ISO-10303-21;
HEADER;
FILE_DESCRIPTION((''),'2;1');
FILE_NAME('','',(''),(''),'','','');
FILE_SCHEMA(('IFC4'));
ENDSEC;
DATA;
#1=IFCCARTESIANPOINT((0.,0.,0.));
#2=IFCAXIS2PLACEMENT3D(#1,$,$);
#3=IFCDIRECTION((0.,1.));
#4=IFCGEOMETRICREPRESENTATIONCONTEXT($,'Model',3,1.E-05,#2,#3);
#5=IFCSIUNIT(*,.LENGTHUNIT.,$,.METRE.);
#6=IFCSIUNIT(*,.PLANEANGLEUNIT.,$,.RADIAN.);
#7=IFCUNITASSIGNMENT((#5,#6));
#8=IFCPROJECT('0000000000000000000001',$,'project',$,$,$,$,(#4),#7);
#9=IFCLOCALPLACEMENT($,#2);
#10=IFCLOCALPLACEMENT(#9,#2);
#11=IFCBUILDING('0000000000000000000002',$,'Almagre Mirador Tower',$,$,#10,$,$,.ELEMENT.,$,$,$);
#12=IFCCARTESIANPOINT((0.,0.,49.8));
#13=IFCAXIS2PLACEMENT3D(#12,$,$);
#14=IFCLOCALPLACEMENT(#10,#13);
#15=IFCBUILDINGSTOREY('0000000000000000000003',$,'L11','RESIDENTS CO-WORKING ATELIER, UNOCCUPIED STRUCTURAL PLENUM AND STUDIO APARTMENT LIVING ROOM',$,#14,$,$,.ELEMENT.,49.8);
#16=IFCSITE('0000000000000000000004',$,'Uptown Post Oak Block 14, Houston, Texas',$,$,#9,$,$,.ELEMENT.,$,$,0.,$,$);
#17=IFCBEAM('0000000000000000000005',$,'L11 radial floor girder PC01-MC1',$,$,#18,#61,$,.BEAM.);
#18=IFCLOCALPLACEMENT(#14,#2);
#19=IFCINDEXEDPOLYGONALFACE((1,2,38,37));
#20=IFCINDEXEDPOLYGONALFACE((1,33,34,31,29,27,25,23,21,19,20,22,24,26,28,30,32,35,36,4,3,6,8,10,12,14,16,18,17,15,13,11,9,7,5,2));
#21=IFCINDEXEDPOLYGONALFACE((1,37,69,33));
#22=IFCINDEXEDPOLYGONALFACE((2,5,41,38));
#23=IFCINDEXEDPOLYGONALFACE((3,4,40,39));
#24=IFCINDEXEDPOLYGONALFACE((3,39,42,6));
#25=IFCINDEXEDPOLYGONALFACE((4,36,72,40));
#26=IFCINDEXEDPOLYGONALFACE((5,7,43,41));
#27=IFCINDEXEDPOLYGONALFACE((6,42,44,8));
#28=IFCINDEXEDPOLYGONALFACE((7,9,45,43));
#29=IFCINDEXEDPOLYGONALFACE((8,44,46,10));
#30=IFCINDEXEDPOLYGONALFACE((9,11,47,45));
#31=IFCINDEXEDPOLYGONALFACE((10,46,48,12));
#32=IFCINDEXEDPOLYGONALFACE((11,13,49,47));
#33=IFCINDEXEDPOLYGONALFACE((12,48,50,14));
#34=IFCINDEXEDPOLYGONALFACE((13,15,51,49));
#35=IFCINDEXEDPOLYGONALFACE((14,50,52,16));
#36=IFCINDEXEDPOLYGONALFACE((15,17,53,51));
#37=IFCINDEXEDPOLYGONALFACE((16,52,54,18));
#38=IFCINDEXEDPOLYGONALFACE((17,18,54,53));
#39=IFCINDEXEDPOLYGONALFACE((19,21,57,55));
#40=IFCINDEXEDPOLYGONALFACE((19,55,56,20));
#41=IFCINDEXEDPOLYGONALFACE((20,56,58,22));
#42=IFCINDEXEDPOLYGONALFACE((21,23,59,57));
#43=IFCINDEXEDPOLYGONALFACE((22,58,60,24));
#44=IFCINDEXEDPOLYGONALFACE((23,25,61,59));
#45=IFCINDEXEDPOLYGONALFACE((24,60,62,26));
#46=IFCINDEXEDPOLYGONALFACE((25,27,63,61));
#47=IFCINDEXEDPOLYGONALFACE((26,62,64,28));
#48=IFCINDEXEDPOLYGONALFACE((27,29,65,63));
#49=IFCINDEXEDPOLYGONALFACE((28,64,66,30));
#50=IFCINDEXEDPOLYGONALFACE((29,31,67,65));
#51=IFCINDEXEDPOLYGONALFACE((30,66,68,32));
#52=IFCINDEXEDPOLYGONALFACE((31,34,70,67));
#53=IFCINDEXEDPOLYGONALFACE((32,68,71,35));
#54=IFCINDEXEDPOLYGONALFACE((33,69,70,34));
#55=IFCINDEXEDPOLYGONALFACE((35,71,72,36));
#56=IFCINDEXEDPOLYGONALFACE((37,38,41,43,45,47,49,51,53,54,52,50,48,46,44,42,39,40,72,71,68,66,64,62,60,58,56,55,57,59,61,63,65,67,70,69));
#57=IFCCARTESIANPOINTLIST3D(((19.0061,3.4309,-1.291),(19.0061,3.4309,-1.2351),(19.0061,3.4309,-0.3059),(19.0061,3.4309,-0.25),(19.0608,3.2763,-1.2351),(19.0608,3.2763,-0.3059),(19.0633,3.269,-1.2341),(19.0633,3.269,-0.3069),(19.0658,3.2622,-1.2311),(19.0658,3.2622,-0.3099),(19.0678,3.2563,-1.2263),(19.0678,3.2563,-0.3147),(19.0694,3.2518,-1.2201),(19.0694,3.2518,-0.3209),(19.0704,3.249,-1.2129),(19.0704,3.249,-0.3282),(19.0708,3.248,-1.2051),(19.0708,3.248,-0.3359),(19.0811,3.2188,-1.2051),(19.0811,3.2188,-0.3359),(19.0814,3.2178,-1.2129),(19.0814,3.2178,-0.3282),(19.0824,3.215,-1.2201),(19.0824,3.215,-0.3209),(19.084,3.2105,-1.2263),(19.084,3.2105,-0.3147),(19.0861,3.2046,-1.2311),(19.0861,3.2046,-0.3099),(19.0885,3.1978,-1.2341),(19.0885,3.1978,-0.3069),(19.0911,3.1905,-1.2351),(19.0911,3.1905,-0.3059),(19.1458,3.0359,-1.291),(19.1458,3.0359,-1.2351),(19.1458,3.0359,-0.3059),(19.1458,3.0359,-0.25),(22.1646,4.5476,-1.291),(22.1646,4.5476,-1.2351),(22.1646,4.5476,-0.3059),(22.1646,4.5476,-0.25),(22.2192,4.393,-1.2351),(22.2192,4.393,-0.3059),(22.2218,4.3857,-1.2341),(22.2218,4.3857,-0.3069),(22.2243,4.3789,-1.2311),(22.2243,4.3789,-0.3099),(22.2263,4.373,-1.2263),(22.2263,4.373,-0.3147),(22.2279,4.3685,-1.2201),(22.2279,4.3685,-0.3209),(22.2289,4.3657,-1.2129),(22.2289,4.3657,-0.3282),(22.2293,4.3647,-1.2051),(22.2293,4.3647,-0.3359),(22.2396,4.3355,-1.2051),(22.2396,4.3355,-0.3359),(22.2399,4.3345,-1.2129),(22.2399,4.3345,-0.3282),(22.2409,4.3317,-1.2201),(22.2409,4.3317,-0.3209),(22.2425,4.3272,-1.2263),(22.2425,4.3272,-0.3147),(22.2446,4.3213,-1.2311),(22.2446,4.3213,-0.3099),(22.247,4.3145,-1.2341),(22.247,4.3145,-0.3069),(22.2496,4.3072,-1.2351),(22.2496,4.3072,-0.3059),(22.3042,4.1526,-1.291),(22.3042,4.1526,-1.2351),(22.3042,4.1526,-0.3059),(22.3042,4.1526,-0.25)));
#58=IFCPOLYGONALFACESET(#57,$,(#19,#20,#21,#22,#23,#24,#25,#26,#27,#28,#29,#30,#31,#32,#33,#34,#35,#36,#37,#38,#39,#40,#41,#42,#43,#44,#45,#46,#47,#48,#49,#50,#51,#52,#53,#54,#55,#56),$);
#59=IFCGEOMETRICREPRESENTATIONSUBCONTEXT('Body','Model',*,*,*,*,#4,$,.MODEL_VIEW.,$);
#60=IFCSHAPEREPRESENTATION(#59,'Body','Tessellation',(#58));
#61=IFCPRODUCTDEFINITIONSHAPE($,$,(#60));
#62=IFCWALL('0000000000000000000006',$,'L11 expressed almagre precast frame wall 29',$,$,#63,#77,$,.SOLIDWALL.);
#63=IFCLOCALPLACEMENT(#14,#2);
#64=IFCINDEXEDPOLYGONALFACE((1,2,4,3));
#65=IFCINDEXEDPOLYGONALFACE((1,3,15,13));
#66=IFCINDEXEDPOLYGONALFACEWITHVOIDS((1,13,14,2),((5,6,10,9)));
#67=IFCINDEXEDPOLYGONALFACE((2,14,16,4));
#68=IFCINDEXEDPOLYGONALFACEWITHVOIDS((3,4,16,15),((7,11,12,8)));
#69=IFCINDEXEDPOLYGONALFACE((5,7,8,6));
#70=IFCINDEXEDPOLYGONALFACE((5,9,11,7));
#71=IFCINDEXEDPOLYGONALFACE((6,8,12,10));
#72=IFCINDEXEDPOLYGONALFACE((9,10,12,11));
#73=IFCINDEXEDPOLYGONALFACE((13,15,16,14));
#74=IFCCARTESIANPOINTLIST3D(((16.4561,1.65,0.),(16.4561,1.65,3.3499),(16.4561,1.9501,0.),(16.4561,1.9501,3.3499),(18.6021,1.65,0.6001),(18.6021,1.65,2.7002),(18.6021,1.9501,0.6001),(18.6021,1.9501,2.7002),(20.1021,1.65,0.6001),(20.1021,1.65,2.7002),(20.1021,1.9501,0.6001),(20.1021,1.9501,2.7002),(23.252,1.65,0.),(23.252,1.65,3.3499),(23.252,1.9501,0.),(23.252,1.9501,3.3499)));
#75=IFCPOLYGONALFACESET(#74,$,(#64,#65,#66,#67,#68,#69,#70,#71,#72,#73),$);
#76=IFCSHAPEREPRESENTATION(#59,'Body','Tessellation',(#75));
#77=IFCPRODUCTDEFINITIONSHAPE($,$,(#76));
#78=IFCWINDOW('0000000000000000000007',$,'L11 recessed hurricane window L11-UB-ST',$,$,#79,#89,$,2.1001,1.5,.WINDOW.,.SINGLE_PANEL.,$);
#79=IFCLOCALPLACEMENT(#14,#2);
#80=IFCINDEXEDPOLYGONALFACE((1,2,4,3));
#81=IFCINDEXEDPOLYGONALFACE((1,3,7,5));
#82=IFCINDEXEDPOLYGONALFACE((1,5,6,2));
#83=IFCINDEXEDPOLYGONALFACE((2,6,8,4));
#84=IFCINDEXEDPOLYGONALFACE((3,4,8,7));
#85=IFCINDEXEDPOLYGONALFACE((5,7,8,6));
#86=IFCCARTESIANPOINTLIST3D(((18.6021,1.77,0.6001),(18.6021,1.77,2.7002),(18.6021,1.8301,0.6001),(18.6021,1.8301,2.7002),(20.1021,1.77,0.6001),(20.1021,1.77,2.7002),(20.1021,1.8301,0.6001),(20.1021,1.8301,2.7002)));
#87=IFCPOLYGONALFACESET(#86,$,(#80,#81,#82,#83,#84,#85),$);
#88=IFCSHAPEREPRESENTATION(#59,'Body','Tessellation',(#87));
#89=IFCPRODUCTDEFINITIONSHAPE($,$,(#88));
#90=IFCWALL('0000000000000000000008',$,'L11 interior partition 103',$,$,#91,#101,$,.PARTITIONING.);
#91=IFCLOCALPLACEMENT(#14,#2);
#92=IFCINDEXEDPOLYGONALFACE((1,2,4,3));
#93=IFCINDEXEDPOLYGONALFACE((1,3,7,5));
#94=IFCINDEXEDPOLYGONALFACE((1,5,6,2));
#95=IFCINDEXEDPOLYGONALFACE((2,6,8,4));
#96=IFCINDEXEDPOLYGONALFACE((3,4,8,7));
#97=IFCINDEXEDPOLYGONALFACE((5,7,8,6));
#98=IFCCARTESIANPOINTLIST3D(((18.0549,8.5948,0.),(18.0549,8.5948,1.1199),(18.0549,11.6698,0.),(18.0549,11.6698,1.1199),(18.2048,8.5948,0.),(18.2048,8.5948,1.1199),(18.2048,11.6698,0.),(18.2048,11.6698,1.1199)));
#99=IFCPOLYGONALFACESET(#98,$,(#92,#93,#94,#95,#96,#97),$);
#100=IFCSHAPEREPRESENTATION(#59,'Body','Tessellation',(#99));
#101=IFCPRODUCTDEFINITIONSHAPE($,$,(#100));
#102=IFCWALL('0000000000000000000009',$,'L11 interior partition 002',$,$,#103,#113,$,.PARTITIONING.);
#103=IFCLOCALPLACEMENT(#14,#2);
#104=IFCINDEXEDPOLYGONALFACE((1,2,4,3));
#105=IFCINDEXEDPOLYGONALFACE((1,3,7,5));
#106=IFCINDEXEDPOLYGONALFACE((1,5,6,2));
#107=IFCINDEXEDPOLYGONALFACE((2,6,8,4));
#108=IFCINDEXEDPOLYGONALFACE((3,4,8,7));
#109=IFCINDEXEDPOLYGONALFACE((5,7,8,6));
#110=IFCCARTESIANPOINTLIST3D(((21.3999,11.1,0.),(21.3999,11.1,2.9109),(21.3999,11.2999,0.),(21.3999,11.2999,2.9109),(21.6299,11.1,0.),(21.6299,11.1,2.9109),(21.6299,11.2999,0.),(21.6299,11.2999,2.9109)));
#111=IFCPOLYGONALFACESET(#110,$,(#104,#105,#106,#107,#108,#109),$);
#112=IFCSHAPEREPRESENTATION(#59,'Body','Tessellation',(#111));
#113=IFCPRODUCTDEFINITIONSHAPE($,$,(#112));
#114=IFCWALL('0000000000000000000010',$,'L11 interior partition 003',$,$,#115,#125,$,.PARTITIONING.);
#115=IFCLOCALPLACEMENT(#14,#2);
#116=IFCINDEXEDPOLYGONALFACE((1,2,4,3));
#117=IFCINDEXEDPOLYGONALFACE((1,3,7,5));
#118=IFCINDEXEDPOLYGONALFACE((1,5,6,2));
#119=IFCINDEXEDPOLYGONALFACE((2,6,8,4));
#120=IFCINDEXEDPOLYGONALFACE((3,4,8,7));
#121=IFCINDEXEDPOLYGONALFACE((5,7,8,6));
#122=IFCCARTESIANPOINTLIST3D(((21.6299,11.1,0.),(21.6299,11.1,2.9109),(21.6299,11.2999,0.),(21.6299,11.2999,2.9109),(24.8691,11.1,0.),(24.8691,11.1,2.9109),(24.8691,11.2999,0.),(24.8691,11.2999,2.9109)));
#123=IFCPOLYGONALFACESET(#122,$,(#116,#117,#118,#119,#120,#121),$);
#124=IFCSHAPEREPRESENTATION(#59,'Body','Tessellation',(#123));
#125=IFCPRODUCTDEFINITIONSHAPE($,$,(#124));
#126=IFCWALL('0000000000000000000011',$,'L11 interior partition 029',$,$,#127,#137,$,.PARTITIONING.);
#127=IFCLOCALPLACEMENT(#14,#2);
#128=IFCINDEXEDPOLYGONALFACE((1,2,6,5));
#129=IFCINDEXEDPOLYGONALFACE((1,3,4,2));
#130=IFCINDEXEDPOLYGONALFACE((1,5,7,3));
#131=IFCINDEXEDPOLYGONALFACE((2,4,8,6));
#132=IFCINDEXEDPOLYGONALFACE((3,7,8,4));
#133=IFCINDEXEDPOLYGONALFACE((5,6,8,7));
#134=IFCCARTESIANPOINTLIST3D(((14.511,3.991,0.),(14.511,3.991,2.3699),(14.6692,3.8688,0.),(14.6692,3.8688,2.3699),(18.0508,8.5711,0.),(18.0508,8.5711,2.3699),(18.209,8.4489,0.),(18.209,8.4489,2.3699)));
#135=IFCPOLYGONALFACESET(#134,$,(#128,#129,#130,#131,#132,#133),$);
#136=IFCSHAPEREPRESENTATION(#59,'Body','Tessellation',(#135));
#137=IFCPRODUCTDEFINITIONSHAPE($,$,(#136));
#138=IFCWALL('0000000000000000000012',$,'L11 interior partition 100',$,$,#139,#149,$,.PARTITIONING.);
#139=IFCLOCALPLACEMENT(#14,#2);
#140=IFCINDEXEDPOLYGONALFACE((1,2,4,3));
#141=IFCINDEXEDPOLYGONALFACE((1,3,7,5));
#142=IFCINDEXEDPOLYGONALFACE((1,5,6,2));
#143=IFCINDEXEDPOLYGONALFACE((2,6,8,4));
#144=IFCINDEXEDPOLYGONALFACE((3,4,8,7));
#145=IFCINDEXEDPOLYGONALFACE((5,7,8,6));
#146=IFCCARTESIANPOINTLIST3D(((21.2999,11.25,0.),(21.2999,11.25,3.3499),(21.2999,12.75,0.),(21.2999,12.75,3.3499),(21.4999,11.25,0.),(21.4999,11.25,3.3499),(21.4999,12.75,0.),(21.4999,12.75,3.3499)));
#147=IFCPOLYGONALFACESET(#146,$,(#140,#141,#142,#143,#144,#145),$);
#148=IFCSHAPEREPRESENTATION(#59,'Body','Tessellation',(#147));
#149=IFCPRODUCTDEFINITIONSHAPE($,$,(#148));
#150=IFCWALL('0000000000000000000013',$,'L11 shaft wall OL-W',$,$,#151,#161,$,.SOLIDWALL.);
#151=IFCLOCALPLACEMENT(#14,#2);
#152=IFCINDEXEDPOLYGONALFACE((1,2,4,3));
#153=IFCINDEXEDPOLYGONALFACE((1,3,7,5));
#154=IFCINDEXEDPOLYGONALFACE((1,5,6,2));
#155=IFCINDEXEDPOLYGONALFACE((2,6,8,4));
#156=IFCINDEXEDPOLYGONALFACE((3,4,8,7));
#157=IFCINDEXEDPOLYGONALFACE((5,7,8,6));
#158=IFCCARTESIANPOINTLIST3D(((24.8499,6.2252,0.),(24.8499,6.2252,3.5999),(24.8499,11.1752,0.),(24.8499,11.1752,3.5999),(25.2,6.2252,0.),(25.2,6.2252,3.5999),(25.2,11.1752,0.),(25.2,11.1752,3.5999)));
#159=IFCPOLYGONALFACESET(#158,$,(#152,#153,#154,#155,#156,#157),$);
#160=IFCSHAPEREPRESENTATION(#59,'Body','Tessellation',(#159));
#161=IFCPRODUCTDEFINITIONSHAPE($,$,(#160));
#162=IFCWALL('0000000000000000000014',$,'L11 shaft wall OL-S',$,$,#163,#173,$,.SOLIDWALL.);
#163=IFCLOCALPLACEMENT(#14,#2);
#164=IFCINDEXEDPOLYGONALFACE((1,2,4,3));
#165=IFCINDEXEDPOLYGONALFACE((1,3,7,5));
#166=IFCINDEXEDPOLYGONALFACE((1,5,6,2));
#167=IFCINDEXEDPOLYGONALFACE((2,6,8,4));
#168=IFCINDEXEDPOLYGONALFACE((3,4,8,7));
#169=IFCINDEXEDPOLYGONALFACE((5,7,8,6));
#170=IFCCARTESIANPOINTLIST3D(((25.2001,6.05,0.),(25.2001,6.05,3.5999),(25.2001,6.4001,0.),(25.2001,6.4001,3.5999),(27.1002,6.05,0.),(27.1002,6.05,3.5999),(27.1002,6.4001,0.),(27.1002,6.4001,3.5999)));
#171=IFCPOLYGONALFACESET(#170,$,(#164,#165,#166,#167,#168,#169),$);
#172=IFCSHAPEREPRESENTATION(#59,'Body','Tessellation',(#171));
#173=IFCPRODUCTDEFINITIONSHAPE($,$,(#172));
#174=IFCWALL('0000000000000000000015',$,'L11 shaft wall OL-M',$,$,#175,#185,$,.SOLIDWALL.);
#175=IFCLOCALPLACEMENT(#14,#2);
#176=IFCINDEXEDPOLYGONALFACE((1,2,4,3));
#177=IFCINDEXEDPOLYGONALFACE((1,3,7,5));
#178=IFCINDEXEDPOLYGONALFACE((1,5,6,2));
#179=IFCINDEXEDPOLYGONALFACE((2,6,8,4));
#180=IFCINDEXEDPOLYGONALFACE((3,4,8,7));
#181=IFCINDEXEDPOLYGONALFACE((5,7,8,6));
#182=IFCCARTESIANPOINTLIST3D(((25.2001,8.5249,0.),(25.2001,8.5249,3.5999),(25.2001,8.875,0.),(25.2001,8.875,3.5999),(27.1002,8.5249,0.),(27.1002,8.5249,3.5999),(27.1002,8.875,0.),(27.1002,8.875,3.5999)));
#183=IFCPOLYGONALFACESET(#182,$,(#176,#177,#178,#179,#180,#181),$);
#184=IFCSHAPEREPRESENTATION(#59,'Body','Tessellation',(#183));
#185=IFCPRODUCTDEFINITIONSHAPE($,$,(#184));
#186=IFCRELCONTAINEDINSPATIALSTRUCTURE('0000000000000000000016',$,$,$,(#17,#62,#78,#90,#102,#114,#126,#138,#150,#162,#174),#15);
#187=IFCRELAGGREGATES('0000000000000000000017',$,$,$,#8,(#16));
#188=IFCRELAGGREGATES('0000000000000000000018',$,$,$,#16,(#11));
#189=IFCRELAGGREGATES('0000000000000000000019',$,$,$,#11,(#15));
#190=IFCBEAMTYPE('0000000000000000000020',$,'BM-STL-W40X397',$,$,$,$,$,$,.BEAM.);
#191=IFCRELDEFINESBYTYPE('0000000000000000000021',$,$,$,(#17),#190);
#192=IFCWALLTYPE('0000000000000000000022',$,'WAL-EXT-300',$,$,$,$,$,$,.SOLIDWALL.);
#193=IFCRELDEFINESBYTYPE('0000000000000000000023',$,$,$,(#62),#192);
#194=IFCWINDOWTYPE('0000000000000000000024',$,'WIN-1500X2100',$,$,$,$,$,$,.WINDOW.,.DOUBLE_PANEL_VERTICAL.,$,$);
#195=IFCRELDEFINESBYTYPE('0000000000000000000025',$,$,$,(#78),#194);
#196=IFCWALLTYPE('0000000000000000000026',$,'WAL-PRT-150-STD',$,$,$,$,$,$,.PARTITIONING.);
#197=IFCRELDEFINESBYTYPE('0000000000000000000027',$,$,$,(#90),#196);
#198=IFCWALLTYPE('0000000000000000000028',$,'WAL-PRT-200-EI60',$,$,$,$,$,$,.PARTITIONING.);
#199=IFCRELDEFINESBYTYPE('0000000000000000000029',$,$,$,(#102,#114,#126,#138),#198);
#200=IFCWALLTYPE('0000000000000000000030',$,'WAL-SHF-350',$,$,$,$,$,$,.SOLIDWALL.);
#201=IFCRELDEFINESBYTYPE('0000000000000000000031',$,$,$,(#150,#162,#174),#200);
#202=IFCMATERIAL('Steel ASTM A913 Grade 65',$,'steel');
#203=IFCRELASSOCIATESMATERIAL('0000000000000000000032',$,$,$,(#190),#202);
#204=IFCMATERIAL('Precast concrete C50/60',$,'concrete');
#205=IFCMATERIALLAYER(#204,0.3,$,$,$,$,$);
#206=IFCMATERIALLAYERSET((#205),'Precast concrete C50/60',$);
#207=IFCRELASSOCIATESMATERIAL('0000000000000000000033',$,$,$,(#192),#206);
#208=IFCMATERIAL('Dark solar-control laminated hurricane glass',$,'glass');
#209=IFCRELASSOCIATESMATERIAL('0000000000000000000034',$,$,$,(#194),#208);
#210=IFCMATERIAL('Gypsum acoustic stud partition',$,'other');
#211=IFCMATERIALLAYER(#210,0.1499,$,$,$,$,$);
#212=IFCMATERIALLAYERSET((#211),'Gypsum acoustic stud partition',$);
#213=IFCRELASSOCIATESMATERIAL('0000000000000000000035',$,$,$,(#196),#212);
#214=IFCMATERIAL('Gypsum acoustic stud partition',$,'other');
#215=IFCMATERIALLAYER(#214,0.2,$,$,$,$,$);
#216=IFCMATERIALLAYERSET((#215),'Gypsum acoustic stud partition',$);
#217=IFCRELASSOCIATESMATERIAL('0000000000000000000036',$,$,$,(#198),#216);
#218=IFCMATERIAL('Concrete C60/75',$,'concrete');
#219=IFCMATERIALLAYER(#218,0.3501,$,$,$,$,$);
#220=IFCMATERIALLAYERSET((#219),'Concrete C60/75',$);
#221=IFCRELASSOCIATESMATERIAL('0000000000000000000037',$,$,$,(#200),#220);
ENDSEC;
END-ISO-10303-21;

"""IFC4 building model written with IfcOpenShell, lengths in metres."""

from ifc_helpers import new_model, si_unit, direction, frame, frame_2d, origin, origin_2d, place, context, subcontext, project, spatial, rectangle, i_section, extrude, material, layer, layer_set, material_profile, profile_set, type_object, element, fill, save


model = new_model("IFC4")

# Units and contexts
model_context = context("Model", 3, precision=1e-05, world=origin(), true_north=direction((0.0, 1.0)))
body_context = subcontext(model_context, "Body", "Model", "MODEL_VIEW")
ifc_project = project(units=[si_unit("LENGTHUNIT", "METRE"), si_unit("PLANEANGLEUNIT", "RADIAN")], contexts=[model_context])

# Site, building, storey
site_placement = place(None, origin())
site = spatial("IfcSite", under=ifc_project, at=site_placement, Name="Uptown Post Oak Block 14, Houston, Texas", CompositionType="ELEMENT", RefElevation=0.0)
building_placement = place(site_placement, origin())
building = spatial("IfcBuilding", under=site, at=building_placement, Name="Almagre Mirador Tower", CompositionType="ELEMENT")
storey_placement = place(building_placement, frame((0.0, 0.0, 49.8)))
storey = spatial("IfcBuildingStorey", under=building, at=storey_placement, Name="L11", Description="RESIDENTS CO-WORKING ATELIER, UNOCCUPIED STRUCTURAL PLENUM AND STUDIO APARTMENT LIVING ROOM", CompositionType="ELEMENT", Elevation=49.8)

# Beam
ifc_material_1 = material(Name="Steel ASTM A913 Grade 65", Category="steel")
ifc_material_profile_1 = material_profile(ifc_material_1, i_section(OverallWidth=0.4189, OverallDepth=1.041, WebThickness=0.031, FlangeThickness=0.0559, FilletRadius=0.03, at=origin_2d()), Name="W40X397")
ifc_profile_set_1 = profile_set([ifc_material_profile_1], Name="Steel ASTM A913 Grade 65")
beam_type_1 = type_object("IfcBeamType", Name="BM-STL-W40X397", PredefinedType="BEAM", material=ifc_profile_set_1)
beam_1_placement = place(storey_placement, frame((19.0759, 3.2334, -0.7705), z_axis=(0.942807, 0.333339, 0.0), x_axis=(-0.333339, 0.942807, 0.0)))
element("IfcBeam", 1, at=beam_1_placement, inside=storey, type_object=beam_type_1, Name="L11 radial floor girder PC01-MC1", PredefinedType="BEAM", context=body_context, shape_type="SweptSolid", body=[
    extrude(i_section(OverallWidth=0.4189, OverallDepth=1.041, WebThickness=0.031, FlangeThickness=0.0559, FilletRadius=0.03, at=origin_2d()), origin(), (0.0, 0.0, 1.0), 3.3501),
])

# Wall, opening, window
ifc_material_2 = material(Name="Precast concrete C50/60", Category="concrete")
ifc_layer_1 = layer(ifc_material_2, 0.3)
ifc_layer_set_1 = layer_set([ifc_layer_1], Name="Precast concrete C50/60")
wall_type_1 = type_object("IfcWallType", Name="WAL-EXT-300", PredefinedType="SOLIDWALL", material=ifc_layer_set_1)
wall_1_placement = place(storey_placement, frame((23.252, 1.8, 0.0), z_axis=(0.0, 0.0, 1.0), x_axis=(-1.0, 0.0, 0.0)))
wall_1 = element("IfcWall", 2, at=wall_1_placement, inside=storey, type_object=wall_type_1, Name="L11 expressed almagre precast frame wall 29", PredefinedType="SOLIDWALL", context=body_context, shape_type="SweptSolid", body=[
    extrude(rectangle(XDim=6.7959, YDim=0.3, at=frame_2d((3.3979, 0.0))), origin(), (0.0, 0.0, 1.0), 3.3499),
])
opening_placement = place(wall_1_placement, frame((3.1499, 0.0, 0.6001)))
opening = element("IfcOpeningElement", 3, at=opening_placement, cuts=wall_1, PredefinedType="OPENING", context=body_context, shape_type="SweptSolid", body=[
    extrude(rectangle(XDim=1.5, YDim=2.1001, at=frame_2d((0.75, 1.05))), frame((0.0, 0.1599, 0.0), z_axis=(0.0, -1.0, 0.0), x_axis=(1.0, 0.0, 0.0)), (0.0, 0.0, 1.0), 0.32),
])
ifc_material_3 = material(Name="Dark solar-control laminated hurricane glass", Category="glass")
window_type = type_object("IfcWindowType", Name="WIN-1500X2100", PartitioningType="DOUBLE_PANEL_VERTICAL", PredefinedType="WINDOW", material=ifc_material_3)
window_placement = place(opening_placement, origin())
window = element("IfcWindow", 4, at=window_placement, inside=storey, type_object=window_type, Name="L11 recessed hurricane window L11-UB-ST", OverallHeight=2.1001, OverallWidth=1.5, PartitioningType="SINGLE_PANEL", PredefinedType="WINDOW", context=body_context, shape_type="SweptSolid", body=[
    extrude(rectangle(XDim=1.5, YDim=2.1001, at=frame_2d((0.75, 1.05))), frame((0.0, 0.03, 0.0), z_axis=(0.0, -1.0, 0.0), x_axis=(1.0, 0.0, 0.0)), (0.0, 0.0, 1.0), 0.0601),
])
fill(opening, window)

# Walls
ifc_material_4 = material(Name="Gypsum acoustic stud partition", Category="other")
ifc_layer_2 = layer(ifc_material_4, 0.1499)
ifc_layer_set_2 = layer_set([ifc_layer_2], Name="Gypsum acoustic stud partition")
wall_type_2 = type_object("IfcWallType", Name="WAL-PRT-150-STD", PredefinedType="PARTITIONING", material=ifc_layer_set_2)
wall_2_placement = place(storey_placement, frame((18.1299, 11.6699, 0.0), z_axis=(0.0, 0.0, 1.0), x_axis=(0.0, -1.0, 0.0)))
element("IfcWall", 5, at=wall_2_placement, inside=storey, type_object=wall_type_2, Name="L11 interior partition 103", PredefinedType="PARTITIONING", context=body_context, shape_type="SweptSolid", body=[
    extrude(rectangle(XDim=3.075, YDim=0.1499, at=frame_2d((1.5376, 0.0))), origin(), (0.0, 0.0, 1.0), 1.1199),
])
ifc_material_5 = material(Name="Gypsum acoustic stud partition", Category="other")
ifc_layer_3 = layer(ifc_material_5, 0.2)
ifc_layer_set_3 = layer_set([ifc_layer_3], Name="Gypsum acoustic stud partition")
wall_type_3 = type_object("IfcWallType", Name="WAL-PRT-200-EI60", PredefinedType="PARTITIONING", material=ifc_layer_set_3)
wall_3_placement = place(storey_placement, frame((21.3999, 11.2, 0.0), z_axis=(0.0, 0.0, 1.0), x_axis=(1.0, 0.0, 0.0)))
element("IfcWall", 6, at=wall_3_placement, inside=storey, type_object=wall_type_3, Name="L11 interior partition 002", PredefinedType="PARTITIONING", context=body_context, shape_type="SweptSolid", body=[
    extrude(rectangle(XDim=0.23, YDim=0.2, at=frame_2d((0.115, 0.0))), origin(), (0.0, 0.0, 1.0), 2.9109),
])
wall_4_placement = place(storey_placement, frame((21.6299, 11.2, 0.0), z_axis=(0.0, 0.0, 1.0), x_axis=(1.0, 0.0, 0.0)))
element("IfcWall", 7, at=wall_4_placement, inside=storey, type_object=wall_type_3, Name="L11 interior partition 003", PredefinedType="PARTITIONING", context=body_context, shape_type="SweptSolid", body=[
    extrude(rectangle(XDim=3.2393, YDim=0.2, at=frame_2d((1.6196, 0.0))), origin(), (0.0, 0.0, 1.0), 2.9109),
])
wall_5_placement = place(storey_placement, frame((18.1299, 8.51, 0.0), z_axis=(0.0, 0.0, 1.0), x_axis=(-0.611517, -0.791231, 0.0)))
element("IfcWall", 8, at=wall_5_placement, inside=storey, type_object=wall_type_3, Name="L11 interior partition 029", PredefinedType="PARTITIONING", context=body_context, shape_type="SweptSolid", body=[
    extrude(rectangle(XDim=5.7886, YDim=0.2, at=frame_2d((2.8943, 0.0))), origin(), (0.0, 0.0, 1.0), 2.3699),
])
wall_6_placement = place(storey_placement, frame((21.3999, 12.75, 0.0), z_axis=(0.0, 0.0, 1.0), x_axis=(0.0, -1.0, 0.0)))
element("IfcWall", 9, at=wall_6_placement, inside=storey, type_object=wall_type_3, Name="L11 interior partition 100", PredefinedType="PARTITIONING", context=body_context, shape_type="SweptSolid", body=[
    extrude(rectangle(XDim=1.5, YDim=0.2, at=frame_2d((0.75, 0.0))), origin(), (0.0, 0.0, 1.0), 3.3499),
])
ifc_material_6 = material(Name="Concrete C60/75", Category="concrete")
ifc_layer_4 = layer(ifc_material_6, 0.3501)
ifc_layer_set_4 = layer_set([ifc_layer_4], Name="Concrete C60/75")
wall_type_4 = type_object("IfcWallType", Name="WAL-SHF-350", PredefinedType="SOLIDWALL", material=ifc_layer_set_4)
wall_7_placement = place(storey_placement, frame((25.0249, 6.2251, 0.0), z_axis=(0.0, 0.0, 1.0), x_axis=(0.0, 1.0, 0.0)))
element("IfcWall", 10, at=wall_7_placement, inside=storey, type_object=wall_type_4, Name="L11 shaft wall OL-W", PredefinedType="SOLIDWALL", context=body_context, shape_type="SweptSolid", body=[
    extrude(rectangle(XDim=4.95, YDim=0.3501, at=frame_2d((2.4751, 0.0))), origin(), (0.0, 0.0, 1.0), 3.5999),
])
for number, where, z_axis, x_axis, name in (
    (11, (25.2, 6.2251, 0.0), (0.0, 0.0, 1.0), (1.0, 0.0, 0.0), "L11 shaft wall OL-S"),
    (12, (25.2, 8.7, 0.0), (0.0, 0.0, 1.0), (1.0, 0.0, 0.0), "L11 shaft wall OL-M"),
):
    element("IfcWall", number, at=place(storey_placement, frame(where, z_axis=z_axis, x_axis=x_axis)), inside=storey, type_object=wall_type_4, Name=name, PredefinedType="SOLIDWALL", context=body_context, shape_type="SweptSolid", body=[
        extrude(rectangle(XDim=1.9001, YDim=0.3501, at=frame_2d((0.9502, 0.0))), origin(), (0.0, 0.0, 1.0), 3.5999),
    ])

save(model, "model.ifc")
